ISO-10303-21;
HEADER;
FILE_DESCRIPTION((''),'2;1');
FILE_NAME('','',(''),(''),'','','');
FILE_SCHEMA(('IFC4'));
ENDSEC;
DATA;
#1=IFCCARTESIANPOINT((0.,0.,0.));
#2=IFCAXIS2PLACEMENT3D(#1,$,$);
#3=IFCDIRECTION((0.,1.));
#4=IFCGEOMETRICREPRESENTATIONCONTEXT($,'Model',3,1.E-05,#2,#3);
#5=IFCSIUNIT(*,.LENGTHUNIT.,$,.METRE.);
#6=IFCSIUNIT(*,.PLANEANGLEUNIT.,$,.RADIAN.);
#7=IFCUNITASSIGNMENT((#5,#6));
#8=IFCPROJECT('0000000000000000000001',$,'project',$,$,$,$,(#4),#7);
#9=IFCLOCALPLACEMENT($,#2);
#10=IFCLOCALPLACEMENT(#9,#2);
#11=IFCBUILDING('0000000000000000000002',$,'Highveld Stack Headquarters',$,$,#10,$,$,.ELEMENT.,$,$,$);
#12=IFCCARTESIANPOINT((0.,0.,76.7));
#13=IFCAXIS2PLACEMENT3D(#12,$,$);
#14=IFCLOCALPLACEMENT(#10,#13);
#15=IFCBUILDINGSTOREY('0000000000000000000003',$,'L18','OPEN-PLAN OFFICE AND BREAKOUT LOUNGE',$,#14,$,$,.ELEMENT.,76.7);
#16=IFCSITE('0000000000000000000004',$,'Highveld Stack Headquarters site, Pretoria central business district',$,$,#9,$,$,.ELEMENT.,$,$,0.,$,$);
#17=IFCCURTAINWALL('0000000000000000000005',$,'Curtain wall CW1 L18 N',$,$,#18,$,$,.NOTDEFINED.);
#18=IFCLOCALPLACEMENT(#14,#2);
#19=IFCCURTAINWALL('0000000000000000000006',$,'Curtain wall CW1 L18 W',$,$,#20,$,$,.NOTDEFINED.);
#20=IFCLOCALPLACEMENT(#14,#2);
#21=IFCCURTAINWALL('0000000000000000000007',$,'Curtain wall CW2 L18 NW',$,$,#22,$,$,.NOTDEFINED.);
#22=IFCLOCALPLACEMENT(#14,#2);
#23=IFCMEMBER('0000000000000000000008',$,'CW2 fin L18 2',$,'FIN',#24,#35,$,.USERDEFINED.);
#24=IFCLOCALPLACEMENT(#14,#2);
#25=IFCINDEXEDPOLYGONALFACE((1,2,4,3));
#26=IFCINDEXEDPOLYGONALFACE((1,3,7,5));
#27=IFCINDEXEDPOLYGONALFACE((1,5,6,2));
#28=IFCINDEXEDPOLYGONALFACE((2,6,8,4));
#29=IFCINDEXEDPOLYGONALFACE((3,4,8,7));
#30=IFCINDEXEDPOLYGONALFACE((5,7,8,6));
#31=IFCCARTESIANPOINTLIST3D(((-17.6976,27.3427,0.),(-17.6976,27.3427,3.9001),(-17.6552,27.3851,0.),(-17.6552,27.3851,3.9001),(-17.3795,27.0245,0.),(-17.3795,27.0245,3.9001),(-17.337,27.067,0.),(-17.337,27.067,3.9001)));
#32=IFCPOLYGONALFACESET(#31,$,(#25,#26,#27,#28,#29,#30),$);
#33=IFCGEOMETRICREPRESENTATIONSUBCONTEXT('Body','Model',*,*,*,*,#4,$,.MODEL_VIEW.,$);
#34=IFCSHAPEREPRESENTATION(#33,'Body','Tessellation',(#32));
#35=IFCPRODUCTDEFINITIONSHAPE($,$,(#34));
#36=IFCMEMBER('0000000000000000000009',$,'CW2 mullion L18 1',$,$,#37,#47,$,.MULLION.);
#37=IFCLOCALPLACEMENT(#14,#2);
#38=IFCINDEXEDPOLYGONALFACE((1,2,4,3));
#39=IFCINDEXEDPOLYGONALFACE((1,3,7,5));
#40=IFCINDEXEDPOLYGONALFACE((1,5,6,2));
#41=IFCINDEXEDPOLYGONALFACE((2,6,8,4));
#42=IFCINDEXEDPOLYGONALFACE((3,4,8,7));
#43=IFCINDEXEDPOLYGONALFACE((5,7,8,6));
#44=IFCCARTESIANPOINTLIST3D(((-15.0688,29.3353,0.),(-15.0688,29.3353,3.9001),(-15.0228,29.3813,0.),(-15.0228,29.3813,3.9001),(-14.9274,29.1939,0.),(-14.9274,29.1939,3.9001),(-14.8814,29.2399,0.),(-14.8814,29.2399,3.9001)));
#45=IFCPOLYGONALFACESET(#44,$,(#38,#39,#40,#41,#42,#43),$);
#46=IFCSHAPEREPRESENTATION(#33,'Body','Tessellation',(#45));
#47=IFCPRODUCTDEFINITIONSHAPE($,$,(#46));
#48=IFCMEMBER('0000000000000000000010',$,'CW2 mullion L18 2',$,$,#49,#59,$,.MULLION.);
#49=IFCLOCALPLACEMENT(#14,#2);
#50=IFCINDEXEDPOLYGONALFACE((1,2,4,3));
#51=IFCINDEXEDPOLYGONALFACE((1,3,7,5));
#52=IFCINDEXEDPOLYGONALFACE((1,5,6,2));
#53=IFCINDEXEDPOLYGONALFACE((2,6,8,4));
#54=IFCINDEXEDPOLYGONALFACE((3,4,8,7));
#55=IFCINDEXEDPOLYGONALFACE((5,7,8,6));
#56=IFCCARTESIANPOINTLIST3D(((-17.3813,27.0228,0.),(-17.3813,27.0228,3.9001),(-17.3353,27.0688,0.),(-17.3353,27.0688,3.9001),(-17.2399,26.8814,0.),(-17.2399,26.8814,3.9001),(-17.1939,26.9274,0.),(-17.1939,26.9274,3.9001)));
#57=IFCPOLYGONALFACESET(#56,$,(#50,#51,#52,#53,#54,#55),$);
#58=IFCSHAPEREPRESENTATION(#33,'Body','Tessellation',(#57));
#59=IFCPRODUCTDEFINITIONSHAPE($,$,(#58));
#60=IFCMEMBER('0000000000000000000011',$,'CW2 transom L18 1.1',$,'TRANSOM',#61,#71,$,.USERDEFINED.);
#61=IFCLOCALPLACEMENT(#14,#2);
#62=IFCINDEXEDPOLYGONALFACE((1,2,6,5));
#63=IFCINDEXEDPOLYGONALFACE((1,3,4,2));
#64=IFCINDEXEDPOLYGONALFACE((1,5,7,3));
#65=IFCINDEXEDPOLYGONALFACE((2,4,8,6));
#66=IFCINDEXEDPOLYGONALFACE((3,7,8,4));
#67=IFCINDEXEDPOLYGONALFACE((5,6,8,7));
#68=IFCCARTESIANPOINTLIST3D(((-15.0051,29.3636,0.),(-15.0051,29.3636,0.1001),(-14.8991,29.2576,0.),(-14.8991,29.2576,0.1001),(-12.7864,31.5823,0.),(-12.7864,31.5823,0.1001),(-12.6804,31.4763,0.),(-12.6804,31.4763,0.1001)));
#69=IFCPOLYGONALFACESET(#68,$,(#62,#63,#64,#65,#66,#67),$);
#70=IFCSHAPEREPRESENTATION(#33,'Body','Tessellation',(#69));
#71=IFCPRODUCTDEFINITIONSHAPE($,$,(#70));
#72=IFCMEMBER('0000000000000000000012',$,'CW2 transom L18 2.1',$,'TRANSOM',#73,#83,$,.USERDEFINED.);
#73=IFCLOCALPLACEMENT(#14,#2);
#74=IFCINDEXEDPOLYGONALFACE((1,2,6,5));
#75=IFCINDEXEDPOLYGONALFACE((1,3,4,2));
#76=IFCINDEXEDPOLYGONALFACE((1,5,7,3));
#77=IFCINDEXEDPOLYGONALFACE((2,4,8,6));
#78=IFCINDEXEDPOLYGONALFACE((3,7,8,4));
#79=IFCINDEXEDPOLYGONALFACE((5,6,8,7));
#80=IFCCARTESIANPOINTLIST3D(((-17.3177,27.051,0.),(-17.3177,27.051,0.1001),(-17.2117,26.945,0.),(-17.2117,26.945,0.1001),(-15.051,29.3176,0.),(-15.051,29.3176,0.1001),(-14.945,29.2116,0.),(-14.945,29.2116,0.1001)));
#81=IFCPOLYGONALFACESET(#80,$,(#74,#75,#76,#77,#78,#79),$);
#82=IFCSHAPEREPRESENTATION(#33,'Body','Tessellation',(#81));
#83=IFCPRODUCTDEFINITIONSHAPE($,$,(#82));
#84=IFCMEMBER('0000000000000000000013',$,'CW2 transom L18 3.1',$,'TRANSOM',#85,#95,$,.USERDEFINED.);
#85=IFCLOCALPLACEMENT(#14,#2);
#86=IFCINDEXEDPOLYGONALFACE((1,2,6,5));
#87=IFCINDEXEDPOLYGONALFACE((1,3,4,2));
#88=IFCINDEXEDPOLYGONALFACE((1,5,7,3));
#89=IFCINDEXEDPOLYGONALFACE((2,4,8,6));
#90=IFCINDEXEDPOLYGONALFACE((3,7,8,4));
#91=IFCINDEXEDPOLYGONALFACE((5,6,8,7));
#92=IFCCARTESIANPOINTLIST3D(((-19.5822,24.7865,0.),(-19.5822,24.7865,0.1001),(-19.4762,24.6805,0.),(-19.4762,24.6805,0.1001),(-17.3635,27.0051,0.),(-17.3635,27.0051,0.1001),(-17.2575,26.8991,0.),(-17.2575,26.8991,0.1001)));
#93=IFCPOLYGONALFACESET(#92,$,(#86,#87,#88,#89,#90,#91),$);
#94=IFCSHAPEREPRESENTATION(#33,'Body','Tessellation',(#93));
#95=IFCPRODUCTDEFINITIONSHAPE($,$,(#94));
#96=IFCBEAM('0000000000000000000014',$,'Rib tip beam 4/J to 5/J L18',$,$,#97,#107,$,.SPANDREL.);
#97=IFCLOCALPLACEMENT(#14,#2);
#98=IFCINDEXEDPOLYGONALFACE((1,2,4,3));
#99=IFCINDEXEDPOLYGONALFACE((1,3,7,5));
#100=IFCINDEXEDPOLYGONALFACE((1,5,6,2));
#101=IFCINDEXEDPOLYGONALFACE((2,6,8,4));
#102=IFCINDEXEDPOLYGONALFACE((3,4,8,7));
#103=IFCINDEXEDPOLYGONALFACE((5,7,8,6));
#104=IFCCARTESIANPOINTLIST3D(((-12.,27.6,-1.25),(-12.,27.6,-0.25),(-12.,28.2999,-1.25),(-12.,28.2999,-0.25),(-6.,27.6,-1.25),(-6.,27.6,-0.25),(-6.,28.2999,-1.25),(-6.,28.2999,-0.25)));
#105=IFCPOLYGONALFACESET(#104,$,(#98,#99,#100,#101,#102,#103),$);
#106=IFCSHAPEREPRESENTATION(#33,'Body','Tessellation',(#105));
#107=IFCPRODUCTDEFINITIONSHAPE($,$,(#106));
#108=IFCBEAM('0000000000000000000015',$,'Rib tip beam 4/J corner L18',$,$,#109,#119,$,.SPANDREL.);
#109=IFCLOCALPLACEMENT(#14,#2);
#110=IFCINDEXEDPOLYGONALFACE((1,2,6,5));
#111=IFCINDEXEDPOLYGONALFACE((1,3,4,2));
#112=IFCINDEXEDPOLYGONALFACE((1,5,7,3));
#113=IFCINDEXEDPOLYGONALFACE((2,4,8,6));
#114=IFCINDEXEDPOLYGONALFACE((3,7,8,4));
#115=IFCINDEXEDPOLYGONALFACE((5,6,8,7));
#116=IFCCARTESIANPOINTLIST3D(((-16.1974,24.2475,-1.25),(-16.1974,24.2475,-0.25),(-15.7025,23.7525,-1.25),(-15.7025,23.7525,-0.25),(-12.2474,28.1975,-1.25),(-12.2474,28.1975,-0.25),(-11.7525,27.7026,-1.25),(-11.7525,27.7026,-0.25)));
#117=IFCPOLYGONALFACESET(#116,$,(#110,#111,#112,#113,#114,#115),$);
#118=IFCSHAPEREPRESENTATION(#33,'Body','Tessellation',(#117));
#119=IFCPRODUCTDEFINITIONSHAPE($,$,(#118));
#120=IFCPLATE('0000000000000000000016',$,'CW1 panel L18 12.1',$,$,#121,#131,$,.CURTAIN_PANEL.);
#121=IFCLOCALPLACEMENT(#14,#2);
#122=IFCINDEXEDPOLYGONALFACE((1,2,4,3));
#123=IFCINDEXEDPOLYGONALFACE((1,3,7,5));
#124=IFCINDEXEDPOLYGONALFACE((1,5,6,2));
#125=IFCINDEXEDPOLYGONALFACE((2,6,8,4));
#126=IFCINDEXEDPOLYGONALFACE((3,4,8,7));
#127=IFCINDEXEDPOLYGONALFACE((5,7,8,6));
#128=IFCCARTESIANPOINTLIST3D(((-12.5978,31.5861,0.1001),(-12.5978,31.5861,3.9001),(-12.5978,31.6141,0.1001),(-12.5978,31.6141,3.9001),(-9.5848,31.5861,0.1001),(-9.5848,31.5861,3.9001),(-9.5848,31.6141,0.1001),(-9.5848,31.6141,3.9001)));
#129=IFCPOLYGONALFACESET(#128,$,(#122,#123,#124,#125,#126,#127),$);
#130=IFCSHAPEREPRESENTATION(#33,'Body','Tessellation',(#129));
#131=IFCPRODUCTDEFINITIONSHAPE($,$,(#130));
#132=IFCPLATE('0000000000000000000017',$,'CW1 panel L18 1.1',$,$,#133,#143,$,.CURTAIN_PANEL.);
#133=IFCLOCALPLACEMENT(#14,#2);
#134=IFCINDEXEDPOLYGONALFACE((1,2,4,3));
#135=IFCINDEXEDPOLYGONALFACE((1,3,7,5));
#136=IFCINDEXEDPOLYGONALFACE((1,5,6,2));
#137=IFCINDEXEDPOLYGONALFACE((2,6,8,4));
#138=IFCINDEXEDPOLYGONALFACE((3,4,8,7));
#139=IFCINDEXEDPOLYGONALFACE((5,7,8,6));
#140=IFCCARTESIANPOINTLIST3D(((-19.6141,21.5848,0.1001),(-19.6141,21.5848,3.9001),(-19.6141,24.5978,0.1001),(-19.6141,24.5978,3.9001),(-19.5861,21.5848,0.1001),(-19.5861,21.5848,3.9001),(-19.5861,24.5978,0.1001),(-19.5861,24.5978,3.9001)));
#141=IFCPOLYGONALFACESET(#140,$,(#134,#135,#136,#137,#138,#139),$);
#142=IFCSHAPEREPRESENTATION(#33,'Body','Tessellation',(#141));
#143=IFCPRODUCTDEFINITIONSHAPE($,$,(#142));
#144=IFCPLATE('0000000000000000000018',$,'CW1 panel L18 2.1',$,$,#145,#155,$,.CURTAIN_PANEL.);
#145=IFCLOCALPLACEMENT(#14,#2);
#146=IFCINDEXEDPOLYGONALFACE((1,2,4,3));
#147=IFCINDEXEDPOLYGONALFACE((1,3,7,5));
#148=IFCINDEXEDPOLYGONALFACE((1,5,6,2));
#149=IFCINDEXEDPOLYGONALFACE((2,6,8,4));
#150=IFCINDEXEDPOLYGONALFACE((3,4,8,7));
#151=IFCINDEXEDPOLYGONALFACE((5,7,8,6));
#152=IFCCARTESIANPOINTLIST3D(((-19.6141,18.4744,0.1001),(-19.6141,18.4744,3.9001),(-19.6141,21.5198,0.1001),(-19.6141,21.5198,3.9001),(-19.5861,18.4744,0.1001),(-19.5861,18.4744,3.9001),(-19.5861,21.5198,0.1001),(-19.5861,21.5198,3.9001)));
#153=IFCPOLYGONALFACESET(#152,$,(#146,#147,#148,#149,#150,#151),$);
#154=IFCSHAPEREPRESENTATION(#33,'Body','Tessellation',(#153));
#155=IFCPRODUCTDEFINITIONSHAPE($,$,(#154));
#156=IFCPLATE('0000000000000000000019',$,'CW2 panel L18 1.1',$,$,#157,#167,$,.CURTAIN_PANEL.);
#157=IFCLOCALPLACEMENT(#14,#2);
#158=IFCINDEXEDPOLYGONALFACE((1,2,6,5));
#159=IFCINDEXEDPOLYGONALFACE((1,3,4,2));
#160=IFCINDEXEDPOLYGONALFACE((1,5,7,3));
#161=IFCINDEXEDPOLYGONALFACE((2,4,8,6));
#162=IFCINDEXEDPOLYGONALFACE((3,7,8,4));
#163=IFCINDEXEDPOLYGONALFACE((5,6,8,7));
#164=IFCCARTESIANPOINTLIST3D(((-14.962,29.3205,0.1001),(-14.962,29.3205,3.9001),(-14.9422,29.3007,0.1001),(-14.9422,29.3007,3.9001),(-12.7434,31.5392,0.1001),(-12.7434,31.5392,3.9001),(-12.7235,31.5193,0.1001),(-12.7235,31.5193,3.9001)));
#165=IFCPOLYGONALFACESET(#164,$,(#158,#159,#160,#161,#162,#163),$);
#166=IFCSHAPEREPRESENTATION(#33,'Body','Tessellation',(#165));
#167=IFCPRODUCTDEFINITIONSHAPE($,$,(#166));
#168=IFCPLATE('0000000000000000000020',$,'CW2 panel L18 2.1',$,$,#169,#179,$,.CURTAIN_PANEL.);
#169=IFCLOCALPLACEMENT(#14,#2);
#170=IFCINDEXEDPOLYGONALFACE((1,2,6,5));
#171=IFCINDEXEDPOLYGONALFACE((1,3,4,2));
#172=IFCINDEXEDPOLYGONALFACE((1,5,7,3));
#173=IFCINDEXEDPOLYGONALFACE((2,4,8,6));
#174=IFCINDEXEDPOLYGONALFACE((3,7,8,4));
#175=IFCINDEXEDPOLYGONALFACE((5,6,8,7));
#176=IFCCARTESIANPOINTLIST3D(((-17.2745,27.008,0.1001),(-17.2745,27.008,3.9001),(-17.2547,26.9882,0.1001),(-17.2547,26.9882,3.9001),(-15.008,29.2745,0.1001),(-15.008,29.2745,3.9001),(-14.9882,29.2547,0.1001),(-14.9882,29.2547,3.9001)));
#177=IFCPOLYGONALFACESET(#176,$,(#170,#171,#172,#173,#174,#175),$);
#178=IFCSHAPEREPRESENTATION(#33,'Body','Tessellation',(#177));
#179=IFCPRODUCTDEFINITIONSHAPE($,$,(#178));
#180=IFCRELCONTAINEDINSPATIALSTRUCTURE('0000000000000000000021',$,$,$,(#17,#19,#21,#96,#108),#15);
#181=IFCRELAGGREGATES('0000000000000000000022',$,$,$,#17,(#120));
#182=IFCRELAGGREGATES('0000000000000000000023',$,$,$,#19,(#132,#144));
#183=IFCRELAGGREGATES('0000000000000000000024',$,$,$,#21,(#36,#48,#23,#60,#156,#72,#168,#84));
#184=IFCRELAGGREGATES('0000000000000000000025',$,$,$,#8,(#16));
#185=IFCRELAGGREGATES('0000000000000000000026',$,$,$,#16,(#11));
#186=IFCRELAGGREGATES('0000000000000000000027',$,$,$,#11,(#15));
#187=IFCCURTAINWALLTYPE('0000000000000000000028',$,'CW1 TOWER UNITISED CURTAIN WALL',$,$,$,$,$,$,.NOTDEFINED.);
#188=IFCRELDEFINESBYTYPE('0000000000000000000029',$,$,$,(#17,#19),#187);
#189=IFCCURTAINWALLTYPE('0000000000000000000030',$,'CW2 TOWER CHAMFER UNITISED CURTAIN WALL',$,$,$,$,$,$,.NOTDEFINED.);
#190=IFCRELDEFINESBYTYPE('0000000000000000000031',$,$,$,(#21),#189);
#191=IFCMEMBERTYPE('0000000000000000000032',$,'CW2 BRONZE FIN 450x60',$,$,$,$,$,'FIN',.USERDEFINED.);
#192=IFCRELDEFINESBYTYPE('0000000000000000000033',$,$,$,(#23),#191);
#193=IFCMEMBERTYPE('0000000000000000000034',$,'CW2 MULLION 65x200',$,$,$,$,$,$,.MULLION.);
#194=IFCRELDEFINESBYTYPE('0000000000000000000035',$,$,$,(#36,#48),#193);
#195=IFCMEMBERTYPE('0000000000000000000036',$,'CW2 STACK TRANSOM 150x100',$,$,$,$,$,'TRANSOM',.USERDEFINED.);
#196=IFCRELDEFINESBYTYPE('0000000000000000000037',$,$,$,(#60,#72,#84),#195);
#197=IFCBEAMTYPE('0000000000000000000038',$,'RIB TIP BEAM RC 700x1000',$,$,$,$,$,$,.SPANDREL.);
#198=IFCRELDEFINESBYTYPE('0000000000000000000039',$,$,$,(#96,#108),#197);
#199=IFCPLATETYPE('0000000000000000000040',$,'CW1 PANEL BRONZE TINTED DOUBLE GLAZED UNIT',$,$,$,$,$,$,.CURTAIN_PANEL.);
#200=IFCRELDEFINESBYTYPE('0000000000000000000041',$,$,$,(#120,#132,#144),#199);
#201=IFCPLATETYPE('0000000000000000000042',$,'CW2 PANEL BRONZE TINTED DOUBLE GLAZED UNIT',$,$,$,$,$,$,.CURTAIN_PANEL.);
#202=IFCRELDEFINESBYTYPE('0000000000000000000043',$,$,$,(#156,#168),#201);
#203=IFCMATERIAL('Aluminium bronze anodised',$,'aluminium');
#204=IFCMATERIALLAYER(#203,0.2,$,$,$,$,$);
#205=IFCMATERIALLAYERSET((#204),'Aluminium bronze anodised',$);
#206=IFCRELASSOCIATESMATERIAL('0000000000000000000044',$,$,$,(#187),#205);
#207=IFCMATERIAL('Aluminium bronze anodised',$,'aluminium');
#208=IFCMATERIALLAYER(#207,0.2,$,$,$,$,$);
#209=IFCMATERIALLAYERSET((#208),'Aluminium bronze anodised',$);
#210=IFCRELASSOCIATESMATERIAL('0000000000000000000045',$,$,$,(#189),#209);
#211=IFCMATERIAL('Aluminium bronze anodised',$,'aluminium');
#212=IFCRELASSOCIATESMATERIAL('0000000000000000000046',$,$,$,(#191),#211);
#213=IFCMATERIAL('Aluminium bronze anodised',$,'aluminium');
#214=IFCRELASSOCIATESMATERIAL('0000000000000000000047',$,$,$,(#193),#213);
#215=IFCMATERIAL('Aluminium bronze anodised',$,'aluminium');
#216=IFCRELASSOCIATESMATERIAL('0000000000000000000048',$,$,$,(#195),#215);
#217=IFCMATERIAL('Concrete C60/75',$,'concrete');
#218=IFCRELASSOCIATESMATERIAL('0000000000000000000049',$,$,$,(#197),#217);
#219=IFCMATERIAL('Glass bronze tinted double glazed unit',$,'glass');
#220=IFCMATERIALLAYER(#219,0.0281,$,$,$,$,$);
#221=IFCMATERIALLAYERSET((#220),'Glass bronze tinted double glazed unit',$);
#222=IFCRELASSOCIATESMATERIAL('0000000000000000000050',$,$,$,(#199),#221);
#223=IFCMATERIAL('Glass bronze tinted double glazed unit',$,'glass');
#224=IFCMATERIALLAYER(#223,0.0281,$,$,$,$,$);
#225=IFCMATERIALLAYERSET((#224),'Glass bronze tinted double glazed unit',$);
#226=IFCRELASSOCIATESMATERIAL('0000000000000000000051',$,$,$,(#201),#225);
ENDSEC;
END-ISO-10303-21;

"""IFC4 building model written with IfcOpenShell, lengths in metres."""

from ifc_helpers import new_model, si_unit, direction, frame, origin, origin_2d, place, context, subcontext, project, spatial, rectangle, extrude, material, layer, layer_set, material_profile, profile_set, type_object, element, aggregate, save


model = new_model("IFC4")

# Units and contexts
model_context = context("Model", 3, precision=1e-05, world=origin(), true_north=direction((0.0, 1.0)))
body_context = subcontext(model_context, "Body", "Model", "MODEL_VIEW")
ifc_project = project(units=[si_unit("LENGTHUNIT", "METRE"), si_unit("PLANEANGLEUNIT", "RADIAN")], contexts=[model_context])

# Site, building, storey
site_placement = place(None, origin())
site = spatial("IfcSite", under=ifc_project, at=site_placement, Name="Highveld Stack Headquarters site, Pretoria central business district", CompositionType="ELEMENT", RefElevation=0.0)
building_placement = place(site_placement, origin())
building = spatial("IfcBuilding", under=site, at=building_placement, Name="Highveld Stack Headquarters", CompositionType="ELEMENT")
storey_placement = place(building_placement, frame((0.0, 0.0, 76.7)))
storey = spatial("IfcBuildingStorey", under=building, at=storey_placement, Name="L18", Description="OPEN-PLAN OFFICE AND BREAKOUT LOUNGE", CompositionType="ELEMENT", Elevation=76.7)

# Curtain wall
ifc_material_1 = material(Name="Aluminium bronze anodised", Category="aluminium")
ifc_layer_1 = layer(ifc_material_1, 0.2)
ifc_layer_set_1 = layer_set([ifc_layer_1], Name="Aluminium bronze anodised")
curtain_wall_type_1 = type_object("IfcCurtainWallType", Name="CW1 TOWER UNITISED CURTAIN WALL", PredefinedType="NOTDEFINED", material=ifc_layer_set_1)
curtain_wall_1_placement = place(storey_placement, origin())
curtain_wall_1 = element("IfcCurtainWall", 1, at=curtain_wall_1_placement, inside=storey, type_object=curtain_wall_type_1, Name="Curtain wall CW1 L18 N", PredefinedType="NOTDEFINED")

# Curtain wall
curtain_wall_2_placement = place(storey_placement, origin())
curtain_wall_2 = element("IfcCurtainWall", 2, at=curtain_wall_2_placement, inside=storey, type_object=curtain_wall_type_1, Name="Curtain wall CW1 L18 W", PredefinedType="NOTDEFINED")

# Curtain wall, members
ifc_material_2 = material(Name="Aluminium bronze anodised", Category="aluminium")
ifc_layer_2 = layer(ifc_material_2, 0.2)
ifc_layer_set_2 = layer_set([ifc_layer_2], Name="Aluminium bronze anodised")
curtain_wall_type_2 = type_object("IfcCurtainWallType", Name="CW2 TOWER CHAMFER UNITISED CURTAIN WALL", PredefinedType="NOTDEFINED", material=ifc_layer_set_2)
curtain_wall_3_placement = place(storey_placement, origin())
curtain_wall_3 = element("IfcCurtainWall", 3, at=curtain_wall_3_placement, inside=storey, type_object=curtain_wall_type_2, Name="Curtain wall CW2 L18 NW", PredefinedType="NOTDEFINED")
ifc_material_3 = material(Name="Aluminium bronze anodised", Category="aluminium")
ifc_material_profile_1 = material_profile(ifc_material_3, rectangle(XDim=0.45, YDim=0.0601, at=origin_2d()), Name="FIN 450x60")
ifc_profile_set_1 = profile_set([ifc_material_profile_1], Name="Aluminium bronze anodised")
member_type_1 = type_object("IfcMemberType", Name="CW2 BRONZE FIN 450x60", ElementType="FIN", PredefinedType="USERDEFINED", material=ifc_profile_set_1)
member_1_placement = place(storey_placement, frame((-17.5173, 27.2048, 0.0), z_axis=(0.0, 0.0, 1.0), x_axis=(0.707107, -0.707107, 0.0)))
member_1 = element("IfcMember", 4, at=member_1_placement, type_object=member_type_1, Name="CW2 fin L18 2", ObjectType="FIN", PredefinedType="USERDEFINED", context=body_context, shape_type="SweptSolid", body=[
    extrude(rectangle(XDim=0.45, YDim=0.0601, at=origin_2d()), origin(), (0.0, 0.0, 1.0), 3.9001),
])
ifc_material_4 = material(Name="Aluminium bronze anodised", Category="aluminium")
ifc_material_profile_2 = material_profile(ifc_material_4, rectangle(XDim=0.2, YDim=0.0649, at=origin_2d()), Name="CW2 MULLION 65x200")
ifc_profile_set_2 = profile_set([ifc_material_profile_2], Name="Aluminium bronze anodised")
member_type_2 = type_object("IfcMemberType", Name="CW2 MULLION 65x200", PredefinedType="MULLION", material=ifc_profile_set_2)
member_2_placement = place(storey_placement, frame((-14.9751, 29.2876, 0.0), z_axis=(0.0, 0.0, 1.0), x_axis=(0.707107, -0.707107, 0.0)))
member_2 = element("IfcMember", 5, at=member_2_placement, type_object=member_type_2, Name="CW2 mullion L18 1", PredefinedType="MULLION", context=body_context, shape_type="SweptSolid", body=[
    extrude(rectangle(XDim=0.2, YDim=0.0649, at=origin_2d()), origin(), (0.0, 0.0, 1.0), 3.9001),
])
member_3_placement = place(storey_placement, frame((-17.2876, 26.9751, 0.0), z_axis=(0.0, 0.0, 1.0), x_axis=(0.707107, -0.707107, 0.0)))
member_3 = element("IfcMember", 6, at=member_3_placement, type_object=member_type_2, Name="CW2 mullion L18 2", PredefinedType="MULLION", context=body_context, shape_type="SweptSolid", body=[
    extrude(rectangle(XDim=0.2, YDim=0.0649, at=origin_2d()), origin(), (0.0, 0.0, 1.0), 3.9001),
])
ifc_material_5 = material(Name="Aluminium bronze anodised", Category="aluminium")
ifc_material_profile_3 = material_profile(ifc_material_5, rectangle(XDim=0.1499, YDim=0.1001, at=origin_2d()), Name="CW2 TRANSOM 150x100")
ifc_profile_set_3 = profile_set([ifc_material_profile_3], Name="Aluminium bronze anodised")
member_type_3 = type_object("IfcMemberType", Name="CW2 STACK TRANSOM 150x100", ElementType="TRANSOM", PredefinedType="USERDEFINED", material=ifc_profile_set_3)
member_4_placement = place(storey_placement, frame((-12.7334, 31.5293, 0.05), z_axis=(-0.707107, -0.707107, 0.0), x_axis=(0.707107, -0.707107, 0.0)))
member_4 = element("IfcMember", 7, at=member_4_placement, type_object=member_type_3, Name="CW2 transom L18 1.1", ObjectType="TRANSOM", PredefinedType="USERDEFINED", context=body_context, shape_type="SweptSolid", body=[
    extrude(rectangle(XDim=0.1499, YDim=0.1001, at=origin_2d()), origin(), (0.0, 0.0, 1.0), 3.1377),
])
member_5_placement = place(storey_placement, frame((-14.998, 29.2646, 0.05), z_axis=(-0.707107, -0.707107, 0.0), x_axis=(0.707107, -0.707107, 0.0)))
member_5 = element("IfcMember", 8, at=member_5_placement, type_object=member_type_3, Name="CW2 transom L18 2.1", ObjectType="TRANSOM", PredefinedType="USERDEFINED", context=body_context, shape_type="SweptSolid", body=[
    extrude(rectangle(XDim=0.1499, YDim=0.1001, at=origin_2d()), origin(), (0.0, 0.0, 1.0), 3.2056),
])
member_6_placement = place(storey_placement, frame((-17.3105, 26.9521, 0.05), z_axis=(-0.707107, -0.707107, 0.0), x_axis=(0.707107, -0.707107, 0.0)))
member_6 = element("IfcMember", 9, at=member_6_placement, type_object=member_type_3, Name="CW2 transom L18 3.1", ObjectType="TRANSOM", PredefinedType="USERDEFINED", context=body_context, shape_type="SweptSolid", body=[
    extrude(rectangle(XDim=0.1499, YDim=0.1001, at=origin_2d()), origin(), (0.0, 0.0, 1.0), 3.1377),
])

# Beams
ifc_material_6 = material(Name="Concrete C60/75", Category="concrete")
ifc_material_profile_4 = material_profile(ifc_material_6, rectangle(XDim=0.7, YDim=1.0, at=origin_2d()), Name="RC 700x1000")
ifc_profile_set_4 = profile_set([ifc_material_profile_4], Name="Concrete C60/75")
beam_type_1 = type_object("IfcBeamType", Name="RIB TIP BEAM RC 700x1000", PredefinedType="SPANDREL", material=ifc_profile_set_4)
beam_1_placement = place(storey_placement, frame((-12.0, 27.95, -0.75), z_axis=(1.0, 0.0, 0.0), x_axis=(0.0, 1.0, 0.0)))
element("IfcBeam", 10, at=beam_1_placement, inside=storey, type_object=beam_type_1, Name="Rib tip beam 4/J to 5/J L18", PredefinedType="SPANDREL", context=body_context, shape_type="SweptSolid", body=[
    extrude(rectangle(XDim=0.7, YDim=1.0, at=origin_2d()), origin(), (0.0, 0.0, 1.0), 6.0),
])
beam_2_placement = place(storey_placement, frame((-15.95, 24.0, -0.75), z_axis=(0.707107, 0.707107, 0.0), x_axis=(-0.707107, 0.707107, 0.0)))
element("IfcBeam", 11, at=beam_2_placement, inside=storey, type_object=beam_type_1, Name="Rib tip beam 4/J corner L18", PredefinedType="SPANDREL", context=body_context, shape_type="SweptSolid", body=[
    extrude(rectangle(XDim=0.7, YDim=1.0, at=origin_2d()), origin(), (0.0, 0.0, 1.0), 5.5862),
])

# Plates
ifc_material_7 = material(Name="Glass bronze tinted double glazed unit", Category="glass")
ifc_layer_3 = layer(ifc_material_7, 0.0281)
ifc_layer_set_3 = layer_set([ifc_layer_3], Name="Glass bronze tinted double glazed unit")
plate_type_1 = type_object("IfcPlateType", Name="CW1 PANEL BRONZE TINTED DOUBLE GLAZED UNIT", PredefinedType="CURTAIN_PANEL", material=ifc_layer_set_3)
plate_1_placement = place(storey_placement, frame((-11.0913, 31.6001, 0.1001), z_axis=(0.0, 0.0, 1.0), x_axis=(-1.0, 0.0, 0.0)))
plate_1 = element("IfcPlate", 12, at=plate_1_placement, type_object=plate_type_1, Name="CW1 panel L18 12.1", PredefinedType="CURTAIN_PANEL", context=body_context, shape_type="SweptSolid", body=[
    extrude(rectangle(XDim=3.0129, YDim=0.0281, at=origin_2d()), origin(), (0.0, 0.0, 1.0), 3.8),
])
aggregate(curtain_wall_1, [plate_1])
plate_2_placement = place(storey_placement, frame((-19.6001, 23.0913, 0.1001), z_axis=(0.0, 0.0, 1.0), x_axis=(0.0, -1.0, 0.0)))
plate_2 = element("IfcPlate", 13, at=plate_2_placement, type_object=plate_type_1, Name="CW1 panel L18 1.1", PredefinedType="CURTAIN_PANEL", context=body_context, shape_type="SweptSolid", body=[
    extrude(rectangle(XDim=3.0129, YDim=0.0281, at=origin_2d()), origin(), (0.0, 0.0, 1.0), 3.8),
])
plate_3_placement = place(storey_placement, frame((-19.6001, 19.9971, 0.1001), z_axis=(0.0, 0.0, 1.0), x_axis=(0.0, -1.0, 0.0)))
plate_3 = element("IfcPlate", 14, at=plate_3_placement, type_object=plate_type_1, Name="CW1 panel L18 2.1", PredefinedType="CURTAIN_PANEL", context=body_context, shape_type="SweptSolid", body=[
    extrude(rectangle(XDim=3.0454, YDim=0.0281, at=origin_2d()), origin(), (0.0, 0.0, 1.0), 3.8),
])
aggregate(curtain_wall_2, [plate_2, plate_3])
ifc_material_8 = material(Name="Glass bronze tinted double glazed unit", Category="glass")
ifc_layer_4 = layer(ifc_material_8, 0.0281)
ifc_layer_set_4 = layer_set([ifc_layer_4], Name="Glass bronze tinted double glazed unit")
plate_type_2 = type_object("IfcPlateType", Name="CW2 PANEL BRONZE TINTED DOUBLE GLAZED UNIT", PredefinedType="CURTAIN_PANEL", material=ifc_layer_set_4)
plate_4_placement = place(storey_placement, frame((-13.8428, 30.4199, 0.1001), z_axis=(0.0, 0.0, 1.0), x_axis=(-0.707107, -0.707107, 0.0)))
plate_4 = element("IfcPlate", 15, at=plate_4_placement, type_object=plate_type_2, Name="CW2 panel L18 1.1", PredefinedType="CURTAIN_PANEL", context=body_context, shape_type="SweptSolid", body=[
    extrude(rectangle(XDim=3.1377, YDim=0.0281, at=origin_2d()), origin(), (0.0, 0.0, 1.0), 3.8),
])
plate_5_placement = place(storey_placement, frame((-16.1313, 28.1313, 0.1001), z_axis=(0.0, 0.0, 1.0), x_axis=(-0.707107, -0.707107, 0.0)))
plate_5 = element("IfcPlate", 16, at=plate_5_placement, type_object=plate_type_2, Name="CW2 panel L18 2.1", PredefinedType="CURTAIN_PANEL", context=body_context, shape_type="SweptSolid", body=[
    extrude(rectangle(XDim=3.2053, YDim=0.0281, at=origin_2d()), origin(), (0.0, 0.0, 1.0), 3.8),
])
aggregate(curtain_wall_3, [member_2, member_3, member_1, member_4, plate_4, member_5, plate_5, member_6])

save(model, "model.ifc")
